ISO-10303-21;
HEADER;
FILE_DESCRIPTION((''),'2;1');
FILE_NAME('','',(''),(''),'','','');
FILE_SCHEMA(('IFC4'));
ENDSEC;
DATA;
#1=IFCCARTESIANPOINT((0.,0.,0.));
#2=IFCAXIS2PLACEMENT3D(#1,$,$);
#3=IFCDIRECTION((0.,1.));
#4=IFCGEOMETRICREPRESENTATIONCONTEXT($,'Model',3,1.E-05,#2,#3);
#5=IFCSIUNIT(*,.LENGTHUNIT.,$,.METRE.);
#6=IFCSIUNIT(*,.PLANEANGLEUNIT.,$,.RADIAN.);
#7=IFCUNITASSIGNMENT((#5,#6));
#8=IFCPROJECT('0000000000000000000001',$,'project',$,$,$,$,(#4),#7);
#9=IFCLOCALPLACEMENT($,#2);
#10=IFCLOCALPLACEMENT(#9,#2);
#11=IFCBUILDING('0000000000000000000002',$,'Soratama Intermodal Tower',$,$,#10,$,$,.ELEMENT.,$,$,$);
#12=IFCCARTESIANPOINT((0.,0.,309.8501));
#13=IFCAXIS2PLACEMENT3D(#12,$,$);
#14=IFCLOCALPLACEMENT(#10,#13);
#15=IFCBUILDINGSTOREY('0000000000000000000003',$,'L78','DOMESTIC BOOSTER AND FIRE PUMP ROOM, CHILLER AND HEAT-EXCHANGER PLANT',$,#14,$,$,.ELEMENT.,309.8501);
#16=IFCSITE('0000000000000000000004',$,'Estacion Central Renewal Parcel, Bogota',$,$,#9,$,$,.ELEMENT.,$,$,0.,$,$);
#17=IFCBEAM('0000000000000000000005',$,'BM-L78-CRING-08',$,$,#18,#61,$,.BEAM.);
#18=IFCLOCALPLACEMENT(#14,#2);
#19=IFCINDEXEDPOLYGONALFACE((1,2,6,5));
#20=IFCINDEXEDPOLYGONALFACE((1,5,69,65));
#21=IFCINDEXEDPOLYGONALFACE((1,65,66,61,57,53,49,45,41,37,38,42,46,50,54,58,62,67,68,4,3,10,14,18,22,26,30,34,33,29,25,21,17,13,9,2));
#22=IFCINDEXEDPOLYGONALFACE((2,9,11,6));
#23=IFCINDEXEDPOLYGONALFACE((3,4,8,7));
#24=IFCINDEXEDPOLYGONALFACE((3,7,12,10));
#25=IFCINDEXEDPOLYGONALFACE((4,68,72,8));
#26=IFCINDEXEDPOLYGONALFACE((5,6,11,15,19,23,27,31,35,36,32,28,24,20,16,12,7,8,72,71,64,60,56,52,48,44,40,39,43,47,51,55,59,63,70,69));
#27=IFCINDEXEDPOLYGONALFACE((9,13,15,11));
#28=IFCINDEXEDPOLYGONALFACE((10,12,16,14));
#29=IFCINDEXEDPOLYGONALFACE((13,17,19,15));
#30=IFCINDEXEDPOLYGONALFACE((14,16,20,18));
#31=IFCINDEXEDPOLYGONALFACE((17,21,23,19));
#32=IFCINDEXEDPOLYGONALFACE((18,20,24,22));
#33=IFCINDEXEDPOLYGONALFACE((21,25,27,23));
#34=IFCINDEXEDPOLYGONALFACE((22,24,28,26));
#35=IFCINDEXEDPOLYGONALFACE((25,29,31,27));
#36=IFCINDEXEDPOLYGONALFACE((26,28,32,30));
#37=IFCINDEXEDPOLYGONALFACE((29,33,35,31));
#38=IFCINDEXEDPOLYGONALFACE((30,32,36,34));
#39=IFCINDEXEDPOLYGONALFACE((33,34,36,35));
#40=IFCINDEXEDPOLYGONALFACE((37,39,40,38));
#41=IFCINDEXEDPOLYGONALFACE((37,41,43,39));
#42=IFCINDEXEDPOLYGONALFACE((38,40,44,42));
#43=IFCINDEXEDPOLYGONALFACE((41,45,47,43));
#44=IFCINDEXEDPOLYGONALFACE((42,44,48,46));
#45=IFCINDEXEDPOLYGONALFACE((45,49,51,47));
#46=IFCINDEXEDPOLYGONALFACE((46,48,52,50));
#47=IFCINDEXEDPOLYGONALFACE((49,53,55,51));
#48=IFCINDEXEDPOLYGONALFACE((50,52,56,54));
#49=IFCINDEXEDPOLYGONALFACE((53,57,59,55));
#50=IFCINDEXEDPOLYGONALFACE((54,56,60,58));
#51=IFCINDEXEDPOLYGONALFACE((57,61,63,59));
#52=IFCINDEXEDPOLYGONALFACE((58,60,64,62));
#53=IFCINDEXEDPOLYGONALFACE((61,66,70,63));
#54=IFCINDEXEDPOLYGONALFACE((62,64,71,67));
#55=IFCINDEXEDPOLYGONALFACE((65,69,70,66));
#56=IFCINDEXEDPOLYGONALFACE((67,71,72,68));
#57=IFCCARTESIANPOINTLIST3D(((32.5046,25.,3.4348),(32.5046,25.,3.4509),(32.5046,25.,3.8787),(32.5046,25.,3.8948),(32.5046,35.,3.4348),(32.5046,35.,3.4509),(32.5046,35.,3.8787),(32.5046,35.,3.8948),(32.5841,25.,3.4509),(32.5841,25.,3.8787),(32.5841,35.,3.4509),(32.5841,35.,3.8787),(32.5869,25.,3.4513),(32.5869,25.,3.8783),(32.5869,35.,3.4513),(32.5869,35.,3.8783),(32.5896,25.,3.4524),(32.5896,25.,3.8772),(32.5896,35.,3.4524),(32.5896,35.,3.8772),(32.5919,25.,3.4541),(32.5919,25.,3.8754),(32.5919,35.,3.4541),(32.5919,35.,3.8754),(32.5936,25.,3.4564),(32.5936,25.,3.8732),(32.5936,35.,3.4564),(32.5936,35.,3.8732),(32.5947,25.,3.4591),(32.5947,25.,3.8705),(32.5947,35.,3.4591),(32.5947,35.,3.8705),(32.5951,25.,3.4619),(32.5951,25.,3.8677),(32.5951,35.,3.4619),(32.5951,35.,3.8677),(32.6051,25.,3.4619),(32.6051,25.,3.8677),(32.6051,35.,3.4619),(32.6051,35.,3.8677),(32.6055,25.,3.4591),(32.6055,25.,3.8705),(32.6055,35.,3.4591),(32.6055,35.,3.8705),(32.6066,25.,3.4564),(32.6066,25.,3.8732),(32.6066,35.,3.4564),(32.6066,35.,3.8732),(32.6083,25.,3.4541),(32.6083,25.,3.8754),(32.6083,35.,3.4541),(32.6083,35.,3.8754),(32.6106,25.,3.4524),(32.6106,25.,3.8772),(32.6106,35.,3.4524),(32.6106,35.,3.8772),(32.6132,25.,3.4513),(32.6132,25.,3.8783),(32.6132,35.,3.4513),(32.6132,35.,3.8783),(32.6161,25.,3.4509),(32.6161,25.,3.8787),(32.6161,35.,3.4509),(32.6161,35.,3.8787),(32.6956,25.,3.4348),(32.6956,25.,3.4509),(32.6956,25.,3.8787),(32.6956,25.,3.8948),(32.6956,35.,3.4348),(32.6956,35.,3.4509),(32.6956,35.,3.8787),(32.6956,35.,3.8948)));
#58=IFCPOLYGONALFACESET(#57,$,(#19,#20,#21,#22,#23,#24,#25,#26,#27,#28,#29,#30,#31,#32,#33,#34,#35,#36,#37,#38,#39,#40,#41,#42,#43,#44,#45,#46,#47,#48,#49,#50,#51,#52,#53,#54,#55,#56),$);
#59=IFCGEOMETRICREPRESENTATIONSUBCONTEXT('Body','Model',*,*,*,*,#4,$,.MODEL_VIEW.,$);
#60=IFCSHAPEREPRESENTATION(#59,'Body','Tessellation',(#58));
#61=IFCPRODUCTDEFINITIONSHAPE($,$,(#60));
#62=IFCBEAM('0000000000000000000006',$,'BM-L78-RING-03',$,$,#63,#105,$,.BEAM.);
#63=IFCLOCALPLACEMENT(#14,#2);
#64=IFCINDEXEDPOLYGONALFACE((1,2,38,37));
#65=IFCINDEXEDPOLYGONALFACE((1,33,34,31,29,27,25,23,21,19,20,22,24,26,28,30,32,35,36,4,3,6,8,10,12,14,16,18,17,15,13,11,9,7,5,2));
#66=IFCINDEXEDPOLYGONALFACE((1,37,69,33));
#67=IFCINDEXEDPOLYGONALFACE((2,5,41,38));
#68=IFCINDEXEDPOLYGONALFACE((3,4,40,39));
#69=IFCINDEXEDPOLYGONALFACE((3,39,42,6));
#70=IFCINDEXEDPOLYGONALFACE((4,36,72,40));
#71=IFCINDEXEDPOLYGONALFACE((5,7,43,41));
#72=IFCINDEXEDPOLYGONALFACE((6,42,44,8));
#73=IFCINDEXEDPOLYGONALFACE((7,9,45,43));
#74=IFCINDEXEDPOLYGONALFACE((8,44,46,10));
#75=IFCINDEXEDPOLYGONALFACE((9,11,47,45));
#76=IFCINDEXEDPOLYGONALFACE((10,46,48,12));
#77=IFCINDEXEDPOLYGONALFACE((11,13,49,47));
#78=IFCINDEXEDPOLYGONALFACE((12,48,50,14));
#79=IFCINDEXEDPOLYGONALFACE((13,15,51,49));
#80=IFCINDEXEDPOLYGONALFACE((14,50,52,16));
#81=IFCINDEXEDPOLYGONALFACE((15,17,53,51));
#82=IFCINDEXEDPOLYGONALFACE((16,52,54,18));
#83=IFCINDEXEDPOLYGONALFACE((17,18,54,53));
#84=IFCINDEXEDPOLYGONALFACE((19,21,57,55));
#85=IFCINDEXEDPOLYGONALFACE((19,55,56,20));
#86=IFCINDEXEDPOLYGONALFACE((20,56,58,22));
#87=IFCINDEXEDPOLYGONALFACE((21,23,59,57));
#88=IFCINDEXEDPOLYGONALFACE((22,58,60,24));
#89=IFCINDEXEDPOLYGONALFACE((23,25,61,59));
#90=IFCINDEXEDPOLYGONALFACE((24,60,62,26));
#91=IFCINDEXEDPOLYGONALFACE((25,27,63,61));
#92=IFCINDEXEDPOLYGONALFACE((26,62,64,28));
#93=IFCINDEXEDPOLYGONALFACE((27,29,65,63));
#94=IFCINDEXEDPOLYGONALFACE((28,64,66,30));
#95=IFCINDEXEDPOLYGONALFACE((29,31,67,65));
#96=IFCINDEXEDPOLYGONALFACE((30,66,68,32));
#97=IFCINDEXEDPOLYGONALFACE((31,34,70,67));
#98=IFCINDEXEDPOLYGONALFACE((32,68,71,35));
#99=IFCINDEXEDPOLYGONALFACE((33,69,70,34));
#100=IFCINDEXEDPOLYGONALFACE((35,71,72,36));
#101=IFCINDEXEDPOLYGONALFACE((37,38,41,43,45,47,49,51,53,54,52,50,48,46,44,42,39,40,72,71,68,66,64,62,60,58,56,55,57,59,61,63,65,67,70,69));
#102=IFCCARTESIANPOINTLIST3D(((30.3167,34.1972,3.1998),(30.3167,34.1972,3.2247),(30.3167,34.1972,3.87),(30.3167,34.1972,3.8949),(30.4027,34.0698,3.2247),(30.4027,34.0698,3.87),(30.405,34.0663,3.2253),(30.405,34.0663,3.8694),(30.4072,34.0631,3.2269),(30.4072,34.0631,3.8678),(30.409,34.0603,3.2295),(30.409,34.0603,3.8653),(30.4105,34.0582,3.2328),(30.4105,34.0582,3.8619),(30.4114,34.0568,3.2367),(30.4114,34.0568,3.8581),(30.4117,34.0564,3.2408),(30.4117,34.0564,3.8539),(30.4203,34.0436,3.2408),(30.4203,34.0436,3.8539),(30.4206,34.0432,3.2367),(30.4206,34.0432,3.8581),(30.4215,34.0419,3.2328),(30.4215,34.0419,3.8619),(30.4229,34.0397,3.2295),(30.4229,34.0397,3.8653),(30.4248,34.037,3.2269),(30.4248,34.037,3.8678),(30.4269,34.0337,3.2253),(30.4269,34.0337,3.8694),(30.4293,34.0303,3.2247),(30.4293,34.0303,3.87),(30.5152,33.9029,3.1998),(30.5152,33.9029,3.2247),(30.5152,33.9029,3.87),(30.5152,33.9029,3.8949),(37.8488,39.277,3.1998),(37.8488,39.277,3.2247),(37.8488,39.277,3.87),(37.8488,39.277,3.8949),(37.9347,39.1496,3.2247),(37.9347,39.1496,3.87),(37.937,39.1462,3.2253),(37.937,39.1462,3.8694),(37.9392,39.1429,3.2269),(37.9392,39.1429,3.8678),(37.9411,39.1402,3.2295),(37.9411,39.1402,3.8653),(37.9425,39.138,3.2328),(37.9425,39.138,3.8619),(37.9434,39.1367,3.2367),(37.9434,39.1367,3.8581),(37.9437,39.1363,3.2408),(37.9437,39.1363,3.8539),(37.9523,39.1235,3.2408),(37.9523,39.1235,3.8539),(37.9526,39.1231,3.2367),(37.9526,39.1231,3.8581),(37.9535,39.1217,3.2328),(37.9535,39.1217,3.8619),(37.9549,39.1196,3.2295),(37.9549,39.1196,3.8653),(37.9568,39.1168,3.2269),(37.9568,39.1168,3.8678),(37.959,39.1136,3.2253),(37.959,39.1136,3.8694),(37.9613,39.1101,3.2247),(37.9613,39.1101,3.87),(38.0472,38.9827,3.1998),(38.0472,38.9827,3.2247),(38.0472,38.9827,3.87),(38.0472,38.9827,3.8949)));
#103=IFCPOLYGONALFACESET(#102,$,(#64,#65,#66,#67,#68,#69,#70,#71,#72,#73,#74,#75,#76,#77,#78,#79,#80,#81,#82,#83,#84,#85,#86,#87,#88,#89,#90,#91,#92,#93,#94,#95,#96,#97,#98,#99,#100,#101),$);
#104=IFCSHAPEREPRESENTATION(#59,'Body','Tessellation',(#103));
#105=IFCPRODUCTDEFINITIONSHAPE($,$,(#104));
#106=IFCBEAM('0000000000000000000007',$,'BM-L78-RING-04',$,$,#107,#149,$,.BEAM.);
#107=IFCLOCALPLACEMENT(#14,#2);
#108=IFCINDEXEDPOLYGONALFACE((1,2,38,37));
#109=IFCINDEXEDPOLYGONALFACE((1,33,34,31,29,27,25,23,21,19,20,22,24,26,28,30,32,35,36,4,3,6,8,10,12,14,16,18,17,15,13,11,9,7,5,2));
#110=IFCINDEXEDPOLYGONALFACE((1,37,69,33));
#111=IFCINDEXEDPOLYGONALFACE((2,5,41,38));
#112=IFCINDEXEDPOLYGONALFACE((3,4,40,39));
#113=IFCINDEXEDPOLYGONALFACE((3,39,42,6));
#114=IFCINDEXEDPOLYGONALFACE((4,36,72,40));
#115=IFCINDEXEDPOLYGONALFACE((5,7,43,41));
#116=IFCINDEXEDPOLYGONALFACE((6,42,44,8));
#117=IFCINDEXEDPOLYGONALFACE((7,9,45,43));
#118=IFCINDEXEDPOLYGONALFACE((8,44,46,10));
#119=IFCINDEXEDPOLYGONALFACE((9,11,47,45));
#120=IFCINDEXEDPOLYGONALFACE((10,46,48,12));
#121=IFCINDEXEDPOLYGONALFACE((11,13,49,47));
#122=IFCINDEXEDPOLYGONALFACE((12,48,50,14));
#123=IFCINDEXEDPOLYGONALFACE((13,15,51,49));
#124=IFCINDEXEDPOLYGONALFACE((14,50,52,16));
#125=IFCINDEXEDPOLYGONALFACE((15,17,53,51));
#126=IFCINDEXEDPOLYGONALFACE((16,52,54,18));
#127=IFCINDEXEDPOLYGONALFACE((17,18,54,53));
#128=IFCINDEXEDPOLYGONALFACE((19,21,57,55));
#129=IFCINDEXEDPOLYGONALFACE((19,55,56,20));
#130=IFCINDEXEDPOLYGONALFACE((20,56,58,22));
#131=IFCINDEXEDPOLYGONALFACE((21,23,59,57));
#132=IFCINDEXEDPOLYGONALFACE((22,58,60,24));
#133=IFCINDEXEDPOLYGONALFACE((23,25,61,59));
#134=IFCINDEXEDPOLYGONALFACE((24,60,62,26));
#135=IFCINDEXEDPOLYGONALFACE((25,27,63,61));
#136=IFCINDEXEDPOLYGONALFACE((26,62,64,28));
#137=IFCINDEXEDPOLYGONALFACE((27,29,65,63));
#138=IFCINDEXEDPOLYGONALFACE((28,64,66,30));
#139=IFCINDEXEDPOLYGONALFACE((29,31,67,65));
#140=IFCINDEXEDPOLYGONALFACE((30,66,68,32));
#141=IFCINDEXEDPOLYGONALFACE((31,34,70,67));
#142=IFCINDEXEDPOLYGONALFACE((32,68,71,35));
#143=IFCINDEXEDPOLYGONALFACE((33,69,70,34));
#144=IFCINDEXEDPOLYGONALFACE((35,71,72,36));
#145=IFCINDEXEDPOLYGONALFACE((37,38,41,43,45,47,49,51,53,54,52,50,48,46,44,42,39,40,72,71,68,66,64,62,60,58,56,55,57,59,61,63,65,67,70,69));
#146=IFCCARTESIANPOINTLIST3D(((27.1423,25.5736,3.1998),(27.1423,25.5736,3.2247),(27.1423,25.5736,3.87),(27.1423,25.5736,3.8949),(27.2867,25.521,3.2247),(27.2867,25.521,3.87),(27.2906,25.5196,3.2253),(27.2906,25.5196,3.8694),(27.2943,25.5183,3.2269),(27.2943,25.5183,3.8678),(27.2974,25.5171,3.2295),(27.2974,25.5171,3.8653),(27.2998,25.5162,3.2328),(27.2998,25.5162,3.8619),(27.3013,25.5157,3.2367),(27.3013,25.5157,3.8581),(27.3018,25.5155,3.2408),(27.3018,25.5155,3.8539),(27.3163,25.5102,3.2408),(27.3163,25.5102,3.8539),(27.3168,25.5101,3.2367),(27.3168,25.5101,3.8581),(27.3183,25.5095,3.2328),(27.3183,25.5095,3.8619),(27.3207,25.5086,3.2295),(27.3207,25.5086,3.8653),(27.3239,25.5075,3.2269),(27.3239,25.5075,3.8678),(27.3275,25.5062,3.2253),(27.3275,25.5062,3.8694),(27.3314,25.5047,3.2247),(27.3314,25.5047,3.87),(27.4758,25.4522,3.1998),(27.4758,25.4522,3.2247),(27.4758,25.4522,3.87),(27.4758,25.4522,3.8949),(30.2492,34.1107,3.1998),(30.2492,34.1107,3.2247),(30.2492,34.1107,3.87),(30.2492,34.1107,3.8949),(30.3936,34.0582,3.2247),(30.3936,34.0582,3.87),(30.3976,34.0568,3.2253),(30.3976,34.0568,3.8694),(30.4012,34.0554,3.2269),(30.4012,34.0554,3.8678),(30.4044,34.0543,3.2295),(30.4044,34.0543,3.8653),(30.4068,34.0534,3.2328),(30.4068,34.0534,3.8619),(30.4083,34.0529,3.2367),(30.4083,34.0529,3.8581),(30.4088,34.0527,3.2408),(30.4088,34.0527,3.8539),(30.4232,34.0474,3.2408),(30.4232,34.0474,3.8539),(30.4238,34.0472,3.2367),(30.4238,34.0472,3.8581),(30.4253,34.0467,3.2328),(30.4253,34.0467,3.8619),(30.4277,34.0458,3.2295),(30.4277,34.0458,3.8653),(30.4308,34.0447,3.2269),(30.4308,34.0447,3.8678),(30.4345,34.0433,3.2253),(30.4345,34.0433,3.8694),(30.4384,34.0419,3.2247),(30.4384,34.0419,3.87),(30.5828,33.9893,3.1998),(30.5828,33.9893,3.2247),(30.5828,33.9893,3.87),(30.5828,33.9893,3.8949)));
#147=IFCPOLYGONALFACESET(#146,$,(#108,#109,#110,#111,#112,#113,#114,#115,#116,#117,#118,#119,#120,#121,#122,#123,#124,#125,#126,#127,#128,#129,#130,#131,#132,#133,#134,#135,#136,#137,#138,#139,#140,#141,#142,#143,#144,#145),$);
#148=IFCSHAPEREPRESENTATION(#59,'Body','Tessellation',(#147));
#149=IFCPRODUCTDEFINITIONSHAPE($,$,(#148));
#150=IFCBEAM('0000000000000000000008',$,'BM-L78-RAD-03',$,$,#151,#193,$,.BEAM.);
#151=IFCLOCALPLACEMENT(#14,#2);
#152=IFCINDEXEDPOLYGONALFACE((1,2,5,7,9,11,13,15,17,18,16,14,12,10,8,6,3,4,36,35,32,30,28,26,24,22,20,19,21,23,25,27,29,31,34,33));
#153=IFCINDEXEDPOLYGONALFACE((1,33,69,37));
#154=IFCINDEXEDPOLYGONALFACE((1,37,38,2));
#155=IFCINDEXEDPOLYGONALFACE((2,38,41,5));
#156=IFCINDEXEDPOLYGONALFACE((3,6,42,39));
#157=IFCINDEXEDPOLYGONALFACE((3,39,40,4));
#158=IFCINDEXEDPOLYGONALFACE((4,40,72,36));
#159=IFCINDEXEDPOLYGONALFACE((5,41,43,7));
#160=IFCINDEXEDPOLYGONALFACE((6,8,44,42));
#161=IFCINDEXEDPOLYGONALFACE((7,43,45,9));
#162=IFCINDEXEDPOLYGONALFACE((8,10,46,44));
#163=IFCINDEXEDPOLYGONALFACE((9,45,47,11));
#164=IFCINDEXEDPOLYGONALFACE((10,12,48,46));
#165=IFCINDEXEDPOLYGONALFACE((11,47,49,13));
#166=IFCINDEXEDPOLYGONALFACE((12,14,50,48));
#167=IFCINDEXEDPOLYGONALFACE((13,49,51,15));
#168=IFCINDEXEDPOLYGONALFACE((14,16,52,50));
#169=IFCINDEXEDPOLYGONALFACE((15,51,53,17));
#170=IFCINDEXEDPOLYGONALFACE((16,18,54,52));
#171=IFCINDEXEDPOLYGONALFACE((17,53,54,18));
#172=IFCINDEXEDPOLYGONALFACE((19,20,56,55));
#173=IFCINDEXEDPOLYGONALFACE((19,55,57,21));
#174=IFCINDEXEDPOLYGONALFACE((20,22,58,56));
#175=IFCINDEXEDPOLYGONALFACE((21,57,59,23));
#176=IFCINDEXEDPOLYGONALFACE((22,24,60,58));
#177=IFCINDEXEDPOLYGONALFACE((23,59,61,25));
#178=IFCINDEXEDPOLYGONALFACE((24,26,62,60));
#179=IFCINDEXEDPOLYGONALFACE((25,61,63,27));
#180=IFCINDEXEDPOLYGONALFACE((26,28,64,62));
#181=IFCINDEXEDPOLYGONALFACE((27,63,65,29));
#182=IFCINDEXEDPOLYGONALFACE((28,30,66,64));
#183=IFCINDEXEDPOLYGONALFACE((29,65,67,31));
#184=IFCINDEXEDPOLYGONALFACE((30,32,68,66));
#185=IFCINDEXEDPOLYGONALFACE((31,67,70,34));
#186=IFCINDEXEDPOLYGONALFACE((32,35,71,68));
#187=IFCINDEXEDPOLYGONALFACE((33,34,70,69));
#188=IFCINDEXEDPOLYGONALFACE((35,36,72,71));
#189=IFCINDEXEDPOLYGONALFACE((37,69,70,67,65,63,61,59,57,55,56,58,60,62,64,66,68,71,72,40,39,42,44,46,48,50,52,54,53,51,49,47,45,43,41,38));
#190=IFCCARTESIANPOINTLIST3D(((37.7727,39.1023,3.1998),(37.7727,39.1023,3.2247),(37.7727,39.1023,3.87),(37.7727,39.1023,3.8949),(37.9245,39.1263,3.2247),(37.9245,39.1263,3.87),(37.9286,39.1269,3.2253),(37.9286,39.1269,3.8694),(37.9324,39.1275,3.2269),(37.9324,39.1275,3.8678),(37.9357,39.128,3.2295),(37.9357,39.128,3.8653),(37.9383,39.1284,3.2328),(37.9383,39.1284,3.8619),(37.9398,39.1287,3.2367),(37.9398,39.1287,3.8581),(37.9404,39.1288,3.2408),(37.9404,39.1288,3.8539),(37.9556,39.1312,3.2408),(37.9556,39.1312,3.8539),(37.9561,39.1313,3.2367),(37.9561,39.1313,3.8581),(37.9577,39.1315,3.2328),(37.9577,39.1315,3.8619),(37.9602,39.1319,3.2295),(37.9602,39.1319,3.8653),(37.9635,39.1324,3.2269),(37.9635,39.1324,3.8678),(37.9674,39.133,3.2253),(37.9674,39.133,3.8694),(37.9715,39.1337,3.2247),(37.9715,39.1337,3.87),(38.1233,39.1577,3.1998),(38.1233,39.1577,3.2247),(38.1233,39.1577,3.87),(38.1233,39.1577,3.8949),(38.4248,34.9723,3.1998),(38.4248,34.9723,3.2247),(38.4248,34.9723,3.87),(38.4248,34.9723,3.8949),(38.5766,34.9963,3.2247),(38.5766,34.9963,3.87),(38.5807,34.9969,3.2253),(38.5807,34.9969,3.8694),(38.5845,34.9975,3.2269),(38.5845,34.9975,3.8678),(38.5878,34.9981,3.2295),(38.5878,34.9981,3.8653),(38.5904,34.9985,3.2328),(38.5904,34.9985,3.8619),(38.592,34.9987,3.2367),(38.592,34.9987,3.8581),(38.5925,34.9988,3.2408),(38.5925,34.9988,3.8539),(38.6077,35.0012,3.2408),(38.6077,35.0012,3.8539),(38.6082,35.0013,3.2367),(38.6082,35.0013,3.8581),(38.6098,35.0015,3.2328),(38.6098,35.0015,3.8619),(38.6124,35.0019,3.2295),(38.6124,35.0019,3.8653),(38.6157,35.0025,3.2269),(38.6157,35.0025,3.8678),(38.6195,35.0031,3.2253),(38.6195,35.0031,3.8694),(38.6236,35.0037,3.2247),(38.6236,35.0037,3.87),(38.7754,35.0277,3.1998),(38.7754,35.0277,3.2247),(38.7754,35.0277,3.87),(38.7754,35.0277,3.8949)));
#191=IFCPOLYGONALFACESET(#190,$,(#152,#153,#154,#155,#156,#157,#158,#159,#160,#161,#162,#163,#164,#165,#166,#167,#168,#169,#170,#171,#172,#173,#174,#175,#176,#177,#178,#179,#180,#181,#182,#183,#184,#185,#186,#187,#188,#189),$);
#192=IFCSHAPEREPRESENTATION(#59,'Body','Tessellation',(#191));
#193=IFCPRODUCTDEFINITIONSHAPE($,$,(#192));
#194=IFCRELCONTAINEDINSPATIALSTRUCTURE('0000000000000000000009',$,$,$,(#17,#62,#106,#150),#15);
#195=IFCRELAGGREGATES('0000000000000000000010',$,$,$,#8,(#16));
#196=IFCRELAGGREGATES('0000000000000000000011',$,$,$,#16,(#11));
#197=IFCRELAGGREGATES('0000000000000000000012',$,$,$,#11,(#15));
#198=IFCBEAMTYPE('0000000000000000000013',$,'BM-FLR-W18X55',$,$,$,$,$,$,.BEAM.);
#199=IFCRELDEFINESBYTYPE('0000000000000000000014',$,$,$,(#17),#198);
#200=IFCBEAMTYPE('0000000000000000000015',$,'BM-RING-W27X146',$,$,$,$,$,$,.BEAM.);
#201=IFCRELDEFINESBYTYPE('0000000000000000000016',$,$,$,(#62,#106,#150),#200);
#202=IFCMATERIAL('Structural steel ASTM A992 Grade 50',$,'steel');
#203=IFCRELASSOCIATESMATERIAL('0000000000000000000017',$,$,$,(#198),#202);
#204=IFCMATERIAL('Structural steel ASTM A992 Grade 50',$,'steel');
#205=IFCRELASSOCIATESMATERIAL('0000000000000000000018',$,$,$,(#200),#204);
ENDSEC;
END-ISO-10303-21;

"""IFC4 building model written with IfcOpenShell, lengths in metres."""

from ifc_helpers import new_model, si_unit, direction, frame, origin, origin_2d, place, context, subcontext, project, spatial, i_section, extrude, material, material_profile, profile_set, type_object, element, save


model = new_model("IFC4")

# Units and contexts
model_context = context("Model", 3, precision=1e-05, world=origin(), true_north=direction((0.0, 1.0)))
body_context = subcontext(model_context, "Body", "Model", "MODEL_VIEW")
ifc_project = project(units=[si_unit("LENGTHUNIT", "METRE"), si_unit("PLANEANGLEUNIT", "RADIAN")], contexts=[model_context])

# Site, building, storey
site_placement = place(None, origin())
site = spatial("IfcSite", under=ifc_project, at=site_placement, Name="Estacion Central Renewal Parcel, Bogota", CompositionType="ELEMENT", RefElevation=0.0)
building_placement = place(site_placement, origin())
building = spatial("IfcBuilding", under=site, at=building_placement, Name="Soratama Intermodal Tower", CompositionType="ELEMENT")
storey_placement = place(building_placement, frame((0.0, 0.0, 309.8501)))
storey = spatial("IfcBuildingStorey", under=building, at=storey_placement, Name="L78", Description="DOMESTIC BOOSTER AND FIRE PUMP ROOM, CHILLER AND HEAT-EXCHANGER PLANT", CompositionType="ELEMENT", Elevation=309.8501)

# Beams
ifc_material_1 = material(Name="Structural steel ASTM A992 Grade 50", Category="steel")
ifc_material_profile_1 = material_profile(ifc_material_1, i_section(OverallWidth=0.1909, OverallDepth=0.46, WebThickness=0.01, FlangeThickness=0.0161, FilletRadius=0.011, at=origin_2d()), Name="W18X55")
ifc_profile_set_1 = profile_set([ifc_material_profile_1], Name="Structural steel ASTM A992 Grade 50")
beam_type_1 = type_object("IfcBeamType", Name="BM-FLR-W18X55", PredefinedType="BEAM", material=ifc_profile_set_1)
beam_1_placement = place(storey_placement, frame((32.6001, 35.0, 3.6648), z_axis=(0.0, -1.0, 0.0), x_axis=(1.0, 0.0, 0.0)))
element("IfcBeam", 1, at=beam_1_placement, inside=storey, type_object=beam_type_1, Name="BM-L78-CRING-08", PredefinedType="BEAM", context=body_context, shape_type="SweptSolid", body=[
    extrude(i_section(OverallWidth=0.1909, OverallDepth=0.46, WebThickness=0.01, FlangeThickness=0.0161, FilletRadius=0.011, at=origin_2d()), origin(), (0.0, 0.0, 1.0), 10.0),
])
ifc_material_2 = material(Name="Structural steel ASTM A992 Grade 50", Category="steel")
ifc_material_profile_2 = material_profile(ifc_material_2, i_section(OverallWidth=0.355, OverallDepth=0.6951, WebThickness=0.0154, FlangeThickness=0.0249, FilletRadius=0.0161, at=origin_2d()), Name="W27X146")
ifc_profile_set_2 = profile_set([ifc_material_profile_2], Name="Structural steel ASTM A992 Grade 50")
beam_type_2 = type_object("IfcBeamType", Name="BM-RING-W27X146", PredefinedType="BEAM", material=ifc_profile_set_2)
for number, where, z_axis, x_axis, name in (
    (2, (37.948, 39.1299, 3.5474), (-0.829066, -0.559151, 0.0), (0.559151, -0.829066, 0.0), "BM-L78-RING-03"),
    (3, (30.416, 34.05, 3.5474), (-0.341989, -0.939704, 0.0), (0.939704, -0.341989, 0.0), "BM-L78-RING-04"),
):
    element("IfcBeam", number, at=place(storey_placement, frame(where, z_axis=z_axis, x_axis=x_axis)), inside=storey, type_object=beam_type_2, Name=name, PredefinedType="BEAM", context=body_context, shape_type="SweptSolid", body=[
        extrude(i_section(OverallWidth=0.355, OverallDepth=0.6951, WebThickness=0.0154, FlangeThickness=0.0249, FilletRadius=0.0161, at=origin_2d()), origin(), (0.0, 0.0, 1.0), 9.085),
    ])
beam_2_placement = place(storey_placement, frame((38.6001, 35.0, 3.5474), z_axis=(-0.155966, 0.987762, 0.0), x_axis=(-0.987762, -0.155966, 0.0)))
element("IfcBeam", 4, at=beam_2_placement, inside=storey, type_object=beam_type_2, Name="BM-L78-RAD-03", PredefinedType="BEAM", context=body_context, shape_type="SweptSolid", body=[
    extrude(i_section(OverallWidth=0.355, OverallDepth=0.6951, WebThickness=0.0154, FlangeThickness=0.0249, FilletRadius=0.0161, at=origin_2d()), origin(), (0.0, 0.0, 1.0), 4.1812),
])

save(model, "model.ifc")
